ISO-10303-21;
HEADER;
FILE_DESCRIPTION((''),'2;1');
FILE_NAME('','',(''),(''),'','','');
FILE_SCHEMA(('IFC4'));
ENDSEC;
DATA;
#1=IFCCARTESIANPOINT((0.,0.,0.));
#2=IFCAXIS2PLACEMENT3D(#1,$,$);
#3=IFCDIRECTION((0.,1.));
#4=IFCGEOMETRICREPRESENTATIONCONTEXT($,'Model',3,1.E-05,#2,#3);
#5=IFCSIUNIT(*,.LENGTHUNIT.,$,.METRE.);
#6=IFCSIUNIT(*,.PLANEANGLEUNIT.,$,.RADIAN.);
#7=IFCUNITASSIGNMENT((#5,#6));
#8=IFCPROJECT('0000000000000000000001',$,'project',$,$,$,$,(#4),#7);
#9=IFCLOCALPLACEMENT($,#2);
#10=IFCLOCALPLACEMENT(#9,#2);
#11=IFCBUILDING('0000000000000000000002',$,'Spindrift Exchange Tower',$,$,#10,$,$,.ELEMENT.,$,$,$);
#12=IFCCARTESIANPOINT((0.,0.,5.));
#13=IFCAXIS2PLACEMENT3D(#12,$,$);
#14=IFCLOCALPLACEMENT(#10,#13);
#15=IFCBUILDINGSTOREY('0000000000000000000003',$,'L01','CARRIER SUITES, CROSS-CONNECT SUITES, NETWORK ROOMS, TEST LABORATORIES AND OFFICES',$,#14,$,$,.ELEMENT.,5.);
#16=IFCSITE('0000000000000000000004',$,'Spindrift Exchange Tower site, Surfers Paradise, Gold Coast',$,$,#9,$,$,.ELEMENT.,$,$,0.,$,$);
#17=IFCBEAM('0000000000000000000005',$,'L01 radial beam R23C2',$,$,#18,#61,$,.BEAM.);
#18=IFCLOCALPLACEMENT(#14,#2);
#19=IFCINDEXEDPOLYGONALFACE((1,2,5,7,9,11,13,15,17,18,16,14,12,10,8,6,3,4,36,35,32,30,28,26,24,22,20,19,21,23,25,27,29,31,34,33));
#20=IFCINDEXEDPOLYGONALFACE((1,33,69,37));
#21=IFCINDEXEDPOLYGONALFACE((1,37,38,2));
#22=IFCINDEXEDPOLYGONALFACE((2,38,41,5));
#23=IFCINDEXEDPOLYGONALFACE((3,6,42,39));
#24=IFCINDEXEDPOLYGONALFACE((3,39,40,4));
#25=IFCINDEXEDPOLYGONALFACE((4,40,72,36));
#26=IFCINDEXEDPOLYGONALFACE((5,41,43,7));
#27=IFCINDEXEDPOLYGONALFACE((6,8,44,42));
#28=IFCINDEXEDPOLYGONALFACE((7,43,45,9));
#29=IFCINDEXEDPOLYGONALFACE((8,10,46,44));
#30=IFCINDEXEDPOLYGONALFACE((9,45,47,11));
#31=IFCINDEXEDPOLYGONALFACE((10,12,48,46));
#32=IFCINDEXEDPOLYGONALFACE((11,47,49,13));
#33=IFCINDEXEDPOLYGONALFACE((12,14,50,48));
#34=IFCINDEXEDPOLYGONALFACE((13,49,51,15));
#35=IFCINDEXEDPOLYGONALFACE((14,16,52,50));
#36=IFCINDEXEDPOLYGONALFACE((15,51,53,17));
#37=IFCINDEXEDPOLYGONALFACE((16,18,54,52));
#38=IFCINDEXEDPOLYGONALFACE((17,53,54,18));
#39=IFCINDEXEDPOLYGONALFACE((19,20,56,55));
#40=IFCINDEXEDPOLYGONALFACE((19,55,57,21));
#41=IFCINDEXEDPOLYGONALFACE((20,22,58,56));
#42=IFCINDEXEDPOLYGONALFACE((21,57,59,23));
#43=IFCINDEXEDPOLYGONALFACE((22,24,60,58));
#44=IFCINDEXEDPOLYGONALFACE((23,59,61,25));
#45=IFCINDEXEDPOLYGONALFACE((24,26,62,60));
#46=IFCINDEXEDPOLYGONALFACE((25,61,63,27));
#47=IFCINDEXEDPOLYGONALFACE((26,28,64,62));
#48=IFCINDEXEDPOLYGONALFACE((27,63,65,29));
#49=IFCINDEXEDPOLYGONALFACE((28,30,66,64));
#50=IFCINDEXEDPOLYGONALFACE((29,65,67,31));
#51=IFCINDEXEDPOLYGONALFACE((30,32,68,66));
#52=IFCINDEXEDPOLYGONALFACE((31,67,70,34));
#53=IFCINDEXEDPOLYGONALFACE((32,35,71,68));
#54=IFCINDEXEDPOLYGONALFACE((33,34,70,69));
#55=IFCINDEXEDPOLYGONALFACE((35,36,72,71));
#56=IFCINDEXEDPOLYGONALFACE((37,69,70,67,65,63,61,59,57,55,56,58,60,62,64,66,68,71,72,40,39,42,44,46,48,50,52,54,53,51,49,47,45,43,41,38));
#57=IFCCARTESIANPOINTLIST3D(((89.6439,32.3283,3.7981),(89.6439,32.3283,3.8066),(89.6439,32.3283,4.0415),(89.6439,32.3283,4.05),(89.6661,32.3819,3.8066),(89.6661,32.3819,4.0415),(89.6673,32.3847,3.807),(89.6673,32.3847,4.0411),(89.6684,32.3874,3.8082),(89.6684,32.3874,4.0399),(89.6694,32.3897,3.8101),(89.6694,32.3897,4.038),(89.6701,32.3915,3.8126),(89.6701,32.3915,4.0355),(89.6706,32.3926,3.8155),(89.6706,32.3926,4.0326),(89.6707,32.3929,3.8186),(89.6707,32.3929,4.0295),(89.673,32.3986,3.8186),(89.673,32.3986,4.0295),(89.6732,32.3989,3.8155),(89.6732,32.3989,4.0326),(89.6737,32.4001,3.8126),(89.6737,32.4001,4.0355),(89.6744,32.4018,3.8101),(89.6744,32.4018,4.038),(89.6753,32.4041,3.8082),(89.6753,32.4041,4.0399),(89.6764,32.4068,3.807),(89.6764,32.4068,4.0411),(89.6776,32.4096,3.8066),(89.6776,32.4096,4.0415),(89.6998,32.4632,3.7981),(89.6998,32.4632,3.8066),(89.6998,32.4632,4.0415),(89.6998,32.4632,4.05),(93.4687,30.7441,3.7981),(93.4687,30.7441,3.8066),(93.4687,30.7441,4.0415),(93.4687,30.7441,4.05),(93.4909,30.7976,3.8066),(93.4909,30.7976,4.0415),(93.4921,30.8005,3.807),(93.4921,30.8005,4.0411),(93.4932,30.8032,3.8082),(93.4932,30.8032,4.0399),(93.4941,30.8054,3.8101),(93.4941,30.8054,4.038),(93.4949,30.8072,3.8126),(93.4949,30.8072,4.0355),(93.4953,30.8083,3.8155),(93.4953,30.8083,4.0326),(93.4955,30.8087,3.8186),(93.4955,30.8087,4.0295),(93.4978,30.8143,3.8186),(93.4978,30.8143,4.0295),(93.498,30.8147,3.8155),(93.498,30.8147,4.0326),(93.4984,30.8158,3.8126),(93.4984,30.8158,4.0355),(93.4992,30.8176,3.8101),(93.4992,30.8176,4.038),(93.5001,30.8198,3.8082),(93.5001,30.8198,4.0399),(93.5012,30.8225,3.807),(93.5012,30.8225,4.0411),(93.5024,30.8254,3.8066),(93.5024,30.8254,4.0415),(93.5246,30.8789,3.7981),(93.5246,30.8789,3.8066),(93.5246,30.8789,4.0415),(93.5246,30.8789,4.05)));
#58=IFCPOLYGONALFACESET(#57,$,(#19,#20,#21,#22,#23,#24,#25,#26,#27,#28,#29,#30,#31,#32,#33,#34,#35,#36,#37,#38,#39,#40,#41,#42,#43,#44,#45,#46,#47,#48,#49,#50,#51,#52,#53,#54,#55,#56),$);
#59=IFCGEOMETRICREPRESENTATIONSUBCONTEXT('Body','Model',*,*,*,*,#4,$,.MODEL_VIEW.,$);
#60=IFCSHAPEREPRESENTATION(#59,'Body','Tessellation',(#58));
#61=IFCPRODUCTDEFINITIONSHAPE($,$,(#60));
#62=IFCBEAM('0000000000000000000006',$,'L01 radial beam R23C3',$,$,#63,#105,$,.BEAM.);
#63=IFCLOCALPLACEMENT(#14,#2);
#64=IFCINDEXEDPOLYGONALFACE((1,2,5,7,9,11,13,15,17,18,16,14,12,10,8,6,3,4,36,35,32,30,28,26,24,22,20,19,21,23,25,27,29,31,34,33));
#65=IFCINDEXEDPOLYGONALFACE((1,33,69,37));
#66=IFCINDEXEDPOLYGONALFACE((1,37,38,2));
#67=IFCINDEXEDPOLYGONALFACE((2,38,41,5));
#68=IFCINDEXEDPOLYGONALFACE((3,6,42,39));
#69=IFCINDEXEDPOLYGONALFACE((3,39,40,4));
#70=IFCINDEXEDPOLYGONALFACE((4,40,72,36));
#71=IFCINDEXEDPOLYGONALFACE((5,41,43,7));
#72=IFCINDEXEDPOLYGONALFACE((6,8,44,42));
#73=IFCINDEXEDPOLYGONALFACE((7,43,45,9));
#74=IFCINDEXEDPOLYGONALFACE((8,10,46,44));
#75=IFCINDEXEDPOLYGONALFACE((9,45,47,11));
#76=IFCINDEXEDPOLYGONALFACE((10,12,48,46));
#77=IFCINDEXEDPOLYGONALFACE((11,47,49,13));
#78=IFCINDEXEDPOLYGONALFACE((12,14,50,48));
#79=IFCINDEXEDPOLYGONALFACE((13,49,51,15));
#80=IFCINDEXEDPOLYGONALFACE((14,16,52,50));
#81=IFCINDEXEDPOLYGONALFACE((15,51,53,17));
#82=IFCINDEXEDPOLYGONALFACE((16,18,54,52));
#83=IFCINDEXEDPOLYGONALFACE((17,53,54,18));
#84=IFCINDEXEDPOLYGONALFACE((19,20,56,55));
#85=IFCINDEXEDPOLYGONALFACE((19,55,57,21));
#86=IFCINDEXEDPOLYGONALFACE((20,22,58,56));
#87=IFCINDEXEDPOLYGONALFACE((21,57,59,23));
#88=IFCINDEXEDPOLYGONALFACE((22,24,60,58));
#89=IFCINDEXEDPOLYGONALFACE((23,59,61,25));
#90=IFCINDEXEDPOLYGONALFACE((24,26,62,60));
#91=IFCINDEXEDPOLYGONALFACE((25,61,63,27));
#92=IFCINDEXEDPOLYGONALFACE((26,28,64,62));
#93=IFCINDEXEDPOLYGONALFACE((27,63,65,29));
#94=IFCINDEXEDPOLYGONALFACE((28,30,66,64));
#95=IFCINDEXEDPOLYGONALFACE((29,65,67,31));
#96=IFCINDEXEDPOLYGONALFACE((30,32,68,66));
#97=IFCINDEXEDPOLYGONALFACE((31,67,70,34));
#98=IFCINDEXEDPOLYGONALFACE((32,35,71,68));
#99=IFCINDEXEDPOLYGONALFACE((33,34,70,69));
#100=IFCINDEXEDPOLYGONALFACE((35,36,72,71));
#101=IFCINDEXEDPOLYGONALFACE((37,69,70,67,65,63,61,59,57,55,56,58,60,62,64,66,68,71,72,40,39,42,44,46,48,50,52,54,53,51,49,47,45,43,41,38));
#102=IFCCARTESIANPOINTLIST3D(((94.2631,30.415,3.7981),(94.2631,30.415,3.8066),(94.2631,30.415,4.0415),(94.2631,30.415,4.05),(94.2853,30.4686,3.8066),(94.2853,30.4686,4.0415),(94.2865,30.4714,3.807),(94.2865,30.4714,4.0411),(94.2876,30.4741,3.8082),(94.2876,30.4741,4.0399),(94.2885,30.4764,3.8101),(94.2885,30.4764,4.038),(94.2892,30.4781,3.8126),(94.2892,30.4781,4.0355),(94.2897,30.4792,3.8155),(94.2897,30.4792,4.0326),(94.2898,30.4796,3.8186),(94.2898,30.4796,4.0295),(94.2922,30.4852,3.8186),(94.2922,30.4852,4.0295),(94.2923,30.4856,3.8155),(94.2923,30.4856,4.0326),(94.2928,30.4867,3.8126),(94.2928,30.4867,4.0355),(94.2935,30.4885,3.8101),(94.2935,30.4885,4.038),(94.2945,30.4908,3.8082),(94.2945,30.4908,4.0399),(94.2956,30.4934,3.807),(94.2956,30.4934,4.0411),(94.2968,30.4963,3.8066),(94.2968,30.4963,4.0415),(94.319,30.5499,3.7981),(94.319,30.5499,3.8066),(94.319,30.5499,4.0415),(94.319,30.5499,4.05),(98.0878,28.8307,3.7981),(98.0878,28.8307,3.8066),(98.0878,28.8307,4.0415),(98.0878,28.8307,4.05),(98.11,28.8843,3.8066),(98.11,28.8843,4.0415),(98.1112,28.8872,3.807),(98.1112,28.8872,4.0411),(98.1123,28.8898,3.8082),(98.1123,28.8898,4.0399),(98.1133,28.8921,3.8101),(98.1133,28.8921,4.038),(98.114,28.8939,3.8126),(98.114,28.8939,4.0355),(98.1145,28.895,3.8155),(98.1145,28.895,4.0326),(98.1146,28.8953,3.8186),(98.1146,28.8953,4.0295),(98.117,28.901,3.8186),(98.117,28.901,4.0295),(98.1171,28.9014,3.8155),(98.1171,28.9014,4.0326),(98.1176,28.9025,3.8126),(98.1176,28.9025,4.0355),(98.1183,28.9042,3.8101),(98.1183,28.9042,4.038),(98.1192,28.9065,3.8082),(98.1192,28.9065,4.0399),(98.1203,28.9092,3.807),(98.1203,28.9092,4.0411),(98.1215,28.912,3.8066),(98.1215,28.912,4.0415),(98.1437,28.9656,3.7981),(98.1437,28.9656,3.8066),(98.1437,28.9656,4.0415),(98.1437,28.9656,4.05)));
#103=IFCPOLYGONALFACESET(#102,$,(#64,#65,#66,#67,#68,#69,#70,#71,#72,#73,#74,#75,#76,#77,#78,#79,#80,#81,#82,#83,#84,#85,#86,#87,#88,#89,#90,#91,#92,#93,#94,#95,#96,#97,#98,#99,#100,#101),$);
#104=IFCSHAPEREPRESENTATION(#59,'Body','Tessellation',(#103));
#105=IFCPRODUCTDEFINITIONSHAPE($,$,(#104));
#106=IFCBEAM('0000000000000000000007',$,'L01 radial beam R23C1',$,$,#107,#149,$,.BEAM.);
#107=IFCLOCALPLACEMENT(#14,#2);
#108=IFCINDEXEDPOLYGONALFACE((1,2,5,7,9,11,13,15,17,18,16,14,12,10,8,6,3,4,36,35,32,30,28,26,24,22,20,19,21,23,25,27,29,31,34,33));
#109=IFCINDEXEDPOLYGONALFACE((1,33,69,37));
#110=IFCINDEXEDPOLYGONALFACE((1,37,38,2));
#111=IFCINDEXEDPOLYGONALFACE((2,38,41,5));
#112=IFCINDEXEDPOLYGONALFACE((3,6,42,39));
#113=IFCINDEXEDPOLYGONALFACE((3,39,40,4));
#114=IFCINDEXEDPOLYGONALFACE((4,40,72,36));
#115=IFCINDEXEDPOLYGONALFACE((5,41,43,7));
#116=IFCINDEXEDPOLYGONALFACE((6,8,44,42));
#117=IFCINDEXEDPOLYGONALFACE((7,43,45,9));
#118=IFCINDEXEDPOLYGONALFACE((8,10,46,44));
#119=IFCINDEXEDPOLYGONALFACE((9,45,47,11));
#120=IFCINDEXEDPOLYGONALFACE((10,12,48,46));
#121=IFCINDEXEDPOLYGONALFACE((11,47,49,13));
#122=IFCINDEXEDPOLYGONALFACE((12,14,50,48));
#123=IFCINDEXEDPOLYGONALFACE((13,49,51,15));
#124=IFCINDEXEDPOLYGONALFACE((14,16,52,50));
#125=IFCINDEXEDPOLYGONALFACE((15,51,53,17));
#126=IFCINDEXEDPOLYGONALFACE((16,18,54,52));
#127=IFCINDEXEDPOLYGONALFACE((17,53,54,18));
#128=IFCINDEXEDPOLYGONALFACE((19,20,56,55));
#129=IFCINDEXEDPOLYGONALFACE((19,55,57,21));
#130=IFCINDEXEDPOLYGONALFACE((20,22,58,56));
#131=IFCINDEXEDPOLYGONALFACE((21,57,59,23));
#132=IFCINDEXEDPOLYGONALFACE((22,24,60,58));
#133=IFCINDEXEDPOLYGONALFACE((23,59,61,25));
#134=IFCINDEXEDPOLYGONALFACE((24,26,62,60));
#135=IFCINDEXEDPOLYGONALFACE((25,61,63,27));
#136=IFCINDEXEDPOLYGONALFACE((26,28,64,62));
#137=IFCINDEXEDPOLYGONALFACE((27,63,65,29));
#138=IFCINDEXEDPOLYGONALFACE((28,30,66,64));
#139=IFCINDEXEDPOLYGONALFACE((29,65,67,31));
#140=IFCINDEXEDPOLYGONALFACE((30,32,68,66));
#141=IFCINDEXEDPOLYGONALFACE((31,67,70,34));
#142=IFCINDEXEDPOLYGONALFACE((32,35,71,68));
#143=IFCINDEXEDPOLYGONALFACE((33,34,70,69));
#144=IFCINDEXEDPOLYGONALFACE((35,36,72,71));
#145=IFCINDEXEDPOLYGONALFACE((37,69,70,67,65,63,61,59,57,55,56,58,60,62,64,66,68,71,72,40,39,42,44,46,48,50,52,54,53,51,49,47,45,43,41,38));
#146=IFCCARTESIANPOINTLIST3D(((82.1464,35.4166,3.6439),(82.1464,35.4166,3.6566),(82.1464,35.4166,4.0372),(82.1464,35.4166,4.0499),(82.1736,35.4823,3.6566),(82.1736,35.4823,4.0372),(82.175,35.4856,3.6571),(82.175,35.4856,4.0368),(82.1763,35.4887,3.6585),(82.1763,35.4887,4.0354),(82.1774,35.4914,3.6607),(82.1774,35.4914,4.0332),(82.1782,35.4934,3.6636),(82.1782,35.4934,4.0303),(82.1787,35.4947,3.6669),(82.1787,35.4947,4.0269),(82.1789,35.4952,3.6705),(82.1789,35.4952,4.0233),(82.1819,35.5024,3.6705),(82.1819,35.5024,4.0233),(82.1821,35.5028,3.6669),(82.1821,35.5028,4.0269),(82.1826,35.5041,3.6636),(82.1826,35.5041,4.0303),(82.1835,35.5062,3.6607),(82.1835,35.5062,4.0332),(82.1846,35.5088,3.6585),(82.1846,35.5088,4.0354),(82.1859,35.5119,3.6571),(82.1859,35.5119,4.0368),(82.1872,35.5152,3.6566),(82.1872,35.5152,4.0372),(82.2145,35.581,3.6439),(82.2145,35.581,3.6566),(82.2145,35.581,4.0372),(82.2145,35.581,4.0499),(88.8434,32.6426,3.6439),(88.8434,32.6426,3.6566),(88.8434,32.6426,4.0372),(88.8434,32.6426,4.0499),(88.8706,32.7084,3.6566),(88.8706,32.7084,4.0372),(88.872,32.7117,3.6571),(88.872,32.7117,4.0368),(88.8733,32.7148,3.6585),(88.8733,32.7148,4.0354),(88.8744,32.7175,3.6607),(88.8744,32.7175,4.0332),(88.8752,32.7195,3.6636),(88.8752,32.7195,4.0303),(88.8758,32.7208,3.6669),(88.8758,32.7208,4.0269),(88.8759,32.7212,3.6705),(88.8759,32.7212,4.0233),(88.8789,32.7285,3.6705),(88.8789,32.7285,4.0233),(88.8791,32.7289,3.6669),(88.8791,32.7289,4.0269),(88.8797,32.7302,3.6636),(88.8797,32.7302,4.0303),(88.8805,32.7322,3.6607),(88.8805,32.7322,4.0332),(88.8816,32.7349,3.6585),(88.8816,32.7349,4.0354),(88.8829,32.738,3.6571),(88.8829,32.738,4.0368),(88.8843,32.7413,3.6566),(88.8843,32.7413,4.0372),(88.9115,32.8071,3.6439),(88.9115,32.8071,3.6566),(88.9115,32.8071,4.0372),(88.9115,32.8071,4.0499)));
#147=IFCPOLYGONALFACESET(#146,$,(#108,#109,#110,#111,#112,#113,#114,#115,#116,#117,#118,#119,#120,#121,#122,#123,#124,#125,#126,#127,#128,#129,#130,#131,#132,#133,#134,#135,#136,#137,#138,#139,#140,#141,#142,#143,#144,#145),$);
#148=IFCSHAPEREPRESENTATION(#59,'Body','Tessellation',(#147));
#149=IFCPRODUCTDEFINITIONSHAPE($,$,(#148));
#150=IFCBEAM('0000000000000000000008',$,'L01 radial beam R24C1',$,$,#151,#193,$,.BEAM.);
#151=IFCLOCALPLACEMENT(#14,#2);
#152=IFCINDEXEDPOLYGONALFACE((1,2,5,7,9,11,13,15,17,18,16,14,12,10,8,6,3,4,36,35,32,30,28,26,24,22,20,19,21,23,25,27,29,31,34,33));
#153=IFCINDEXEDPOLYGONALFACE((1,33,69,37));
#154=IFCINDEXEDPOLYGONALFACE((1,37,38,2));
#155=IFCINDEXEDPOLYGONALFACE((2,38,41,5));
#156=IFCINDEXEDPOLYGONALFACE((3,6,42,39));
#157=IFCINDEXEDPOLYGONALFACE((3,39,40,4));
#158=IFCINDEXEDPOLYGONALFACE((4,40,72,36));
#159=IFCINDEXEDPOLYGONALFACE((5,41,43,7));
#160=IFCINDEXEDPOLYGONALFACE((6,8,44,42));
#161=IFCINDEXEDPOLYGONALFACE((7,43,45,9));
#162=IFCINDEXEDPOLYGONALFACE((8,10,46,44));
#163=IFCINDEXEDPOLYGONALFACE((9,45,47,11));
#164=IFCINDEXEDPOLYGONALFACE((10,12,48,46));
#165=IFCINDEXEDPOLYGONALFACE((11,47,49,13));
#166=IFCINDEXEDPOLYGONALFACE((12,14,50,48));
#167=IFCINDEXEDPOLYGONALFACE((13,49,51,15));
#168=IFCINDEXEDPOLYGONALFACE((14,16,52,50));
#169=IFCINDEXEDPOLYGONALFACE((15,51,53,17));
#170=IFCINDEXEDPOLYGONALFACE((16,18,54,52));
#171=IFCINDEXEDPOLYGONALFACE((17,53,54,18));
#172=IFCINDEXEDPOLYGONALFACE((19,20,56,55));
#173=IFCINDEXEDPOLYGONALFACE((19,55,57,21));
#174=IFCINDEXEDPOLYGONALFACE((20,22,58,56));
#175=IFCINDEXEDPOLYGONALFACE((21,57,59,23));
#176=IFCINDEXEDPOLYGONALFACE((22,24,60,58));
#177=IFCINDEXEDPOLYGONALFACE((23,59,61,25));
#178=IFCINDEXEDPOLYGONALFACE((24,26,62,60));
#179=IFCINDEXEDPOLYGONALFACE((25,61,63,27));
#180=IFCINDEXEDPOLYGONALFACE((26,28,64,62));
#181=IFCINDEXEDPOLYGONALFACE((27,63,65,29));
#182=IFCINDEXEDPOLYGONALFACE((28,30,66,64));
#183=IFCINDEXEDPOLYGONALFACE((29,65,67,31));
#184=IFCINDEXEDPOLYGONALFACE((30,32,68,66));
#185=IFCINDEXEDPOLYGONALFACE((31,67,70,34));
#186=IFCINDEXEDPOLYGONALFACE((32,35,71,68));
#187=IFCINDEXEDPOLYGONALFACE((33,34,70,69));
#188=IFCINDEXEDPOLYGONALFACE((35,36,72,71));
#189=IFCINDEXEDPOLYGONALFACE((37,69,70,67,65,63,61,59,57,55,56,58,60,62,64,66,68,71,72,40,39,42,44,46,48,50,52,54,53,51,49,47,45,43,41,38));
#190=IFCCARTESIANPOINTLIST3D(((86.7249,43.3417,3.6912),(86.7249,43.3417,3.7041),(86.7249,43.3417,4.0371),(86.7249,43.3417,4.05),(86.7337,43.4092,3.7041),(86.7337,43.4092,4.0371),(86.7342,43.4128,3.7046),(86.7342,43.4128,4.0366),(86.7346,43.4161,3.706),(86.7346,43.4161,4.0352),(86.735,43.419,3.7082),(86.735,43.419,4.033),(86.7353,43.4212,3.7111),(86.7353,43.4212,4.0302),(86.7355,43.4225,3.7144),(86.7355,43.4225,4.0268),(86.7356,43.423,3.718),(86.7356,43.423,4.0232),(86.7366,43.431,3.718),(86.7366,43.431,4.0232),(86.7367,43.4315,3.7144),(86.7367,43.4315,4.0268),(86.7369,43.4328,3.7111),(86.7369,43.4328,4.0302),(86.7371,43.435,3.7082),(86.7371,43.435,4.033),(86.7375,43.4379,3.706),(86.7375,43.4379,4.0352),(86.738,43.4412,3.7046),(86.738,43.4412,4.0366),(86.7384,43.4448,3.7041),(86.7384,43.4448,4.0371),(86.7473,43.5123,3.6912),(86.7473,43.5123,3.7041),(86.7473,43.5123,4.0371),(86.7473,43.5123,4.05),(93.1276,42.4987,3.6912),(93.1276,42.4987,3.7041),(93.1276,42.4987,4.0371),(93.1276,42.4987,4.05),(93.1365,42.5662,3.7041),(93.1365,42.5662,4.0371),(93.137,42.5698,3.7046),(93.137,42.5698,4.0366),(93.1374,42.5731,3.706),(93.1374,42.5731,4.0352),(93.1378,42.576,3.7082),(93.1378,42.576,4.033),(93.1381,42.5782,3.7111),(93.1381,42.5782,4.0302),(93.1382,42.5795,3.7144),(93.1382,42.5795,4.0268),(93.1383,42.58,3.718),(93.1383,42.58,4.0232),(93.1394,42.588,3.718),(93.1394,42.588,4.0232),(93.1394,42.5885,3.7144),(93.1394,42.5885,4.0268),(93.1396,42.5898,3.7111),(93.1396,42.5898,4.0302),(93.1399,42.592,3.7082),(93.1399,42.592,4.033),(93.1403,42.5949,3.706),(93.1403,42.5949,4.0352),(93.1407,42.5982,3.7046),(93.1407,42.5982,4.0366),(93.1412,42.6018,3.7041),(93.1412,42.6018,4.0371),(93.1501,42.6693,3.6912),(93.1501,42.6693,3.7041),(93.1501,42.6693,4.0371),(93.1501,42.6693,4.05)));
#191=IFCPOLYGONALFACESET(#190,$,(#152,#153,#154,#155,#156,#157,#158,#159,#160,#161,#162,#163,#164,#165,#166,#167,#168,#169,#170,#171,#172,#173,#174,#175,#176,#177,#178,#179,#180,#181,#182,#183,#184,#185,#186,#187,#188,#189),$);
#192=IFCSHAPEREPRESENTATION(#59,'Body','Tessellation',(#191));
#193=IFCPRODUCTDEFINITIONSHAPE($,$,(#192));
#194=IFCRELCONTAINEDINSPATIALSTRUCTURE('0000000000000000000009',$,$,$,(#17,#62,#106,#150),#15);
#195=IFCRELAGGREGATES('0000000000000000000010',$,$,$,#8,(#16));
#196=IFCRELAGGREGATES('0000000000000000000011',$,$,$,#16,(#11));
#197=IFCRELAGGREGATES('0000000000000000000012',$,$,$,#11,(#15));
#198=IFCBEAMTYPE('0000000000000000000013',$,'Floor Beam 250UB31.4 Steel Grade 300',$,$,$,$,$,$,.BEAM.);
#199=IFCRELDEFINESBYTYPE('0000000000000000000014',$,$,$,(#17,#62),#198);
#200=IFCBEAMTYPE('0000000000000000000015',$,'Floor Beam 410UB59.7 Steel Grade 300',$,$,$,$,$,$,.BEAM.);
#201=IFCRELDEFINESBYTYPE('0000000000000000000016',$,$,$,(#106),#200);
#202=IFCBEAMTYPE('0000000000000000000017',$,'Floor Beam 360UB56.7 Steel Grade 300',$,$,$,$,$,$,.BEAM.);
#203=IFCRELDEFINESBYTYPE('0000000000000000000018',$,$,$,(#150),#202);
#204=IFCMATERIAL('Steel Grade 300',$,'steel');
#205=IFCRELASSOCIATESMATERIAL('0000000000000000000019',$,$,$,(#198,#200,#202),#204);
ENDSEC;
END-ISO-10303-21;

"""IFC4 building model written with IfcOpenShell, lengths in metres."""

from ifc_helpers import new_model, si_unit, direction, frame, origin, origin_2d, place, context, subcontext, project, spatial, i_section, extrude, source, transform, mapped, material, material_profile, profile_set, type_object, element, save


model = new_model("IFC4")

# Units and contexts
model_context = context("Model", 3, precision=1e-05, world=origin(), true_north=direction((0.0, 1.0)))
body_context = subcontext(model_context, "Body", "Model", "MODEL_VIEW")
ifc_project = project(units=[si_unit("LENGTHUNIT", "METRE"), si_unit("PLANEANGLEUNIT", "RADIAN")], contexts=[model_context])

# Site, building, storey
site_placement = place(None, origin())
site = spatial("IfcSite", under=ifc_project, at=site_placement, Name="Spindrift Exchange Tower site, Surfers Paradise, Gold Coast", CompositionType="ELEMENT", RefElevation=0.0)
building_placement = place(site_placement, origin())
building = spatial("IfcBuilding", under=site, at=building_placement, Name="Spindrift Exchange Tower", CompositionType="ELEMENT")
storey_placement = place(building_placement, frame((0.0, 0.0, 5.0)))
storey = spatial("IfcBuildingStorey", under=building, at=storey_placement, Name="L01", Description="CARRIER SUITES, CROSS-CONNECT SUITES, NETWORK ROOMS, TEST LABORATORIES AND OFFICES", CompositionType="ELEMENT", Elevation=5.0)

# Beams
ifc_material_1 = material(Name="Steel Grade 300", Category="steel")
ifc_material_profile_1 = material_profile(ifc_material_1, i_section(OverallWidth=0.146, OverallDepth=0.252, WebThickness=0.0061, FlangeThickness=0.0085, FilletRadius=0.012, at=origin_2d()), Name="250UB31.4")
ifc_profile_set_1 = profile_set([ifc_material_profile_1], Name="Steel Grade 300")
beam_type_1 = type_object("IfcBeamType", Name="Floor Beam 250UB31.4 Steel Grade 300", PredefinedType="BEAM", material=ifc_profile_set_1)
shared_shape_1 = source(origin(), body_context, "Body", "SweptSolid", [
    extrude(i_section(OverallWidth=0.146, OverallDepth=0.252, WebThickness=0.0061, FlangeThickness=0.0085, FilletRadius=0.012, at=origin_2d()), origin(), (0.0, 0.0, 1.0), 4.1399),
])
for number, where, z_axis, x_axis, name in (
    (1, (89.6719, 32.3958, 3.9241), (0.923881, -0.38268, 0.0), (0.38268, 0.923881, 0.0), "L01 radial beam R23C2"),
    (2, (94.291, 30.4824, 3.9241), (0.923881, -0.38268, 0.0), (0.38268, 0.923881, 0.0), "L01 radial beam R23C3"),
):
    element("IfcBeam", number, at=place(storey_placement, frame(where, z_axis=z_axis, x_axis=x_axis)), inside=storey, type_object=beam_type_1, Name=name, PredefinedType="BEAM", context=body_context, shape_type="MappedRepresentation", body=[
        mapped(shared_shape_1, transform((0.0, 0.0, 0.0), scale=1.0)),
    ])
ifc_material_profile_2 = material_profile(ifc_material_1, i_section(OverallWidth=0.178, OverallDepth=0.406, WebThickness=0.0078, FlangeThickness=0.0127, FilletRadius=0.0139, at=origin_2d()), Name="410UB59.7")
ifc_profile_set_2 = profile_set([ifc_material_profile_2], Name="Steel Grade 300")
beam_type_2 = type_object("IfcBeamType", Name="Floor Beam 410UB59.7 Steel Grade 300", PredefinedType="BEAM", material=ifc_profile_set_2)
shared_shape_2 = source(origin(), body_context, "Body", "SweptSolid", [
    extrude(i_section(OverallWidth=0.178, OverallDepth=0.406, WebThickness=0.0078, FlangeThickness=0.0127, FilletRadius=0.0139, at=origin_2d()), origin(), (0.0, 0.0, 1.0), 7.2488),
])
beam_1_placement = place(storey_placement, frame((82.1804, 35.4988, 3.8469), z_axis=(0.923883, -0.382675, 0.0), x_axis=(0.382675, 0.923883, 0.0)))
element("IfcBeam", 3, at=beam_1_placement, inside=storey, type_object=beam_type_2, Name="L01 radial beam R23C1", PredefinedType="BEAM", context=body_context, shape_type="MappedRepresentation", body=[
    mapped(shared_shape_2, transform((0.0, 0.0, 0.0), scale=1.0)),
])
ifc_material_profile_3 = material_profile(ifc_material_1, i_section(OverallWidth=0.1721, OverallDepth=0.3589, WebThickness=0.0081, FlangeThickness=0.0129, FilletRadius=0.0139, at=origin_2d()), Name="360UB56.7")
ifc_profile_set_3 = profile_set([ifc_material_profile_3], Name="Steel Grade 300")
beam_type_3 = type_object("IfcBeamType", Name="Floor Beam 360UB56.7 Steel Grade 300", PredefinedType="BEAM", material=ifc_profile_set_3)
shared_shape_3 = source(origin(), body_context, "Body", "SweptSolid", [
    extrude(i_section(OverallWidth=0.1721, OverallDepth=0.3589, WebThickness=0.0081, FlangeThickness=0.0129, FilletRadius=0.0139, at=origin_2d()), origin(), (0.0, 0.0, 1.0), 6.458),
])
beam_2_placement = place(storey_placement, frame((86.7361, 43.427, 3.8706), z_axis=(0.991443, -0.130537, 0.0), x_axis=(0.130537, 0.991443, 0.0)))
element("IfcBeam", 4, at=beam_2_placement, inside=storey, type_object=beam_type_3, Name="L01 radial beam R24C1", PredefinedType="BEAM", context=body_context, shape_type="MappedRepresentation", body=[
    mapped(shared_shape_3, transform((0.0, 0.0, 0.0), scale=1.0)),
])

save(model, "model.ifc")
